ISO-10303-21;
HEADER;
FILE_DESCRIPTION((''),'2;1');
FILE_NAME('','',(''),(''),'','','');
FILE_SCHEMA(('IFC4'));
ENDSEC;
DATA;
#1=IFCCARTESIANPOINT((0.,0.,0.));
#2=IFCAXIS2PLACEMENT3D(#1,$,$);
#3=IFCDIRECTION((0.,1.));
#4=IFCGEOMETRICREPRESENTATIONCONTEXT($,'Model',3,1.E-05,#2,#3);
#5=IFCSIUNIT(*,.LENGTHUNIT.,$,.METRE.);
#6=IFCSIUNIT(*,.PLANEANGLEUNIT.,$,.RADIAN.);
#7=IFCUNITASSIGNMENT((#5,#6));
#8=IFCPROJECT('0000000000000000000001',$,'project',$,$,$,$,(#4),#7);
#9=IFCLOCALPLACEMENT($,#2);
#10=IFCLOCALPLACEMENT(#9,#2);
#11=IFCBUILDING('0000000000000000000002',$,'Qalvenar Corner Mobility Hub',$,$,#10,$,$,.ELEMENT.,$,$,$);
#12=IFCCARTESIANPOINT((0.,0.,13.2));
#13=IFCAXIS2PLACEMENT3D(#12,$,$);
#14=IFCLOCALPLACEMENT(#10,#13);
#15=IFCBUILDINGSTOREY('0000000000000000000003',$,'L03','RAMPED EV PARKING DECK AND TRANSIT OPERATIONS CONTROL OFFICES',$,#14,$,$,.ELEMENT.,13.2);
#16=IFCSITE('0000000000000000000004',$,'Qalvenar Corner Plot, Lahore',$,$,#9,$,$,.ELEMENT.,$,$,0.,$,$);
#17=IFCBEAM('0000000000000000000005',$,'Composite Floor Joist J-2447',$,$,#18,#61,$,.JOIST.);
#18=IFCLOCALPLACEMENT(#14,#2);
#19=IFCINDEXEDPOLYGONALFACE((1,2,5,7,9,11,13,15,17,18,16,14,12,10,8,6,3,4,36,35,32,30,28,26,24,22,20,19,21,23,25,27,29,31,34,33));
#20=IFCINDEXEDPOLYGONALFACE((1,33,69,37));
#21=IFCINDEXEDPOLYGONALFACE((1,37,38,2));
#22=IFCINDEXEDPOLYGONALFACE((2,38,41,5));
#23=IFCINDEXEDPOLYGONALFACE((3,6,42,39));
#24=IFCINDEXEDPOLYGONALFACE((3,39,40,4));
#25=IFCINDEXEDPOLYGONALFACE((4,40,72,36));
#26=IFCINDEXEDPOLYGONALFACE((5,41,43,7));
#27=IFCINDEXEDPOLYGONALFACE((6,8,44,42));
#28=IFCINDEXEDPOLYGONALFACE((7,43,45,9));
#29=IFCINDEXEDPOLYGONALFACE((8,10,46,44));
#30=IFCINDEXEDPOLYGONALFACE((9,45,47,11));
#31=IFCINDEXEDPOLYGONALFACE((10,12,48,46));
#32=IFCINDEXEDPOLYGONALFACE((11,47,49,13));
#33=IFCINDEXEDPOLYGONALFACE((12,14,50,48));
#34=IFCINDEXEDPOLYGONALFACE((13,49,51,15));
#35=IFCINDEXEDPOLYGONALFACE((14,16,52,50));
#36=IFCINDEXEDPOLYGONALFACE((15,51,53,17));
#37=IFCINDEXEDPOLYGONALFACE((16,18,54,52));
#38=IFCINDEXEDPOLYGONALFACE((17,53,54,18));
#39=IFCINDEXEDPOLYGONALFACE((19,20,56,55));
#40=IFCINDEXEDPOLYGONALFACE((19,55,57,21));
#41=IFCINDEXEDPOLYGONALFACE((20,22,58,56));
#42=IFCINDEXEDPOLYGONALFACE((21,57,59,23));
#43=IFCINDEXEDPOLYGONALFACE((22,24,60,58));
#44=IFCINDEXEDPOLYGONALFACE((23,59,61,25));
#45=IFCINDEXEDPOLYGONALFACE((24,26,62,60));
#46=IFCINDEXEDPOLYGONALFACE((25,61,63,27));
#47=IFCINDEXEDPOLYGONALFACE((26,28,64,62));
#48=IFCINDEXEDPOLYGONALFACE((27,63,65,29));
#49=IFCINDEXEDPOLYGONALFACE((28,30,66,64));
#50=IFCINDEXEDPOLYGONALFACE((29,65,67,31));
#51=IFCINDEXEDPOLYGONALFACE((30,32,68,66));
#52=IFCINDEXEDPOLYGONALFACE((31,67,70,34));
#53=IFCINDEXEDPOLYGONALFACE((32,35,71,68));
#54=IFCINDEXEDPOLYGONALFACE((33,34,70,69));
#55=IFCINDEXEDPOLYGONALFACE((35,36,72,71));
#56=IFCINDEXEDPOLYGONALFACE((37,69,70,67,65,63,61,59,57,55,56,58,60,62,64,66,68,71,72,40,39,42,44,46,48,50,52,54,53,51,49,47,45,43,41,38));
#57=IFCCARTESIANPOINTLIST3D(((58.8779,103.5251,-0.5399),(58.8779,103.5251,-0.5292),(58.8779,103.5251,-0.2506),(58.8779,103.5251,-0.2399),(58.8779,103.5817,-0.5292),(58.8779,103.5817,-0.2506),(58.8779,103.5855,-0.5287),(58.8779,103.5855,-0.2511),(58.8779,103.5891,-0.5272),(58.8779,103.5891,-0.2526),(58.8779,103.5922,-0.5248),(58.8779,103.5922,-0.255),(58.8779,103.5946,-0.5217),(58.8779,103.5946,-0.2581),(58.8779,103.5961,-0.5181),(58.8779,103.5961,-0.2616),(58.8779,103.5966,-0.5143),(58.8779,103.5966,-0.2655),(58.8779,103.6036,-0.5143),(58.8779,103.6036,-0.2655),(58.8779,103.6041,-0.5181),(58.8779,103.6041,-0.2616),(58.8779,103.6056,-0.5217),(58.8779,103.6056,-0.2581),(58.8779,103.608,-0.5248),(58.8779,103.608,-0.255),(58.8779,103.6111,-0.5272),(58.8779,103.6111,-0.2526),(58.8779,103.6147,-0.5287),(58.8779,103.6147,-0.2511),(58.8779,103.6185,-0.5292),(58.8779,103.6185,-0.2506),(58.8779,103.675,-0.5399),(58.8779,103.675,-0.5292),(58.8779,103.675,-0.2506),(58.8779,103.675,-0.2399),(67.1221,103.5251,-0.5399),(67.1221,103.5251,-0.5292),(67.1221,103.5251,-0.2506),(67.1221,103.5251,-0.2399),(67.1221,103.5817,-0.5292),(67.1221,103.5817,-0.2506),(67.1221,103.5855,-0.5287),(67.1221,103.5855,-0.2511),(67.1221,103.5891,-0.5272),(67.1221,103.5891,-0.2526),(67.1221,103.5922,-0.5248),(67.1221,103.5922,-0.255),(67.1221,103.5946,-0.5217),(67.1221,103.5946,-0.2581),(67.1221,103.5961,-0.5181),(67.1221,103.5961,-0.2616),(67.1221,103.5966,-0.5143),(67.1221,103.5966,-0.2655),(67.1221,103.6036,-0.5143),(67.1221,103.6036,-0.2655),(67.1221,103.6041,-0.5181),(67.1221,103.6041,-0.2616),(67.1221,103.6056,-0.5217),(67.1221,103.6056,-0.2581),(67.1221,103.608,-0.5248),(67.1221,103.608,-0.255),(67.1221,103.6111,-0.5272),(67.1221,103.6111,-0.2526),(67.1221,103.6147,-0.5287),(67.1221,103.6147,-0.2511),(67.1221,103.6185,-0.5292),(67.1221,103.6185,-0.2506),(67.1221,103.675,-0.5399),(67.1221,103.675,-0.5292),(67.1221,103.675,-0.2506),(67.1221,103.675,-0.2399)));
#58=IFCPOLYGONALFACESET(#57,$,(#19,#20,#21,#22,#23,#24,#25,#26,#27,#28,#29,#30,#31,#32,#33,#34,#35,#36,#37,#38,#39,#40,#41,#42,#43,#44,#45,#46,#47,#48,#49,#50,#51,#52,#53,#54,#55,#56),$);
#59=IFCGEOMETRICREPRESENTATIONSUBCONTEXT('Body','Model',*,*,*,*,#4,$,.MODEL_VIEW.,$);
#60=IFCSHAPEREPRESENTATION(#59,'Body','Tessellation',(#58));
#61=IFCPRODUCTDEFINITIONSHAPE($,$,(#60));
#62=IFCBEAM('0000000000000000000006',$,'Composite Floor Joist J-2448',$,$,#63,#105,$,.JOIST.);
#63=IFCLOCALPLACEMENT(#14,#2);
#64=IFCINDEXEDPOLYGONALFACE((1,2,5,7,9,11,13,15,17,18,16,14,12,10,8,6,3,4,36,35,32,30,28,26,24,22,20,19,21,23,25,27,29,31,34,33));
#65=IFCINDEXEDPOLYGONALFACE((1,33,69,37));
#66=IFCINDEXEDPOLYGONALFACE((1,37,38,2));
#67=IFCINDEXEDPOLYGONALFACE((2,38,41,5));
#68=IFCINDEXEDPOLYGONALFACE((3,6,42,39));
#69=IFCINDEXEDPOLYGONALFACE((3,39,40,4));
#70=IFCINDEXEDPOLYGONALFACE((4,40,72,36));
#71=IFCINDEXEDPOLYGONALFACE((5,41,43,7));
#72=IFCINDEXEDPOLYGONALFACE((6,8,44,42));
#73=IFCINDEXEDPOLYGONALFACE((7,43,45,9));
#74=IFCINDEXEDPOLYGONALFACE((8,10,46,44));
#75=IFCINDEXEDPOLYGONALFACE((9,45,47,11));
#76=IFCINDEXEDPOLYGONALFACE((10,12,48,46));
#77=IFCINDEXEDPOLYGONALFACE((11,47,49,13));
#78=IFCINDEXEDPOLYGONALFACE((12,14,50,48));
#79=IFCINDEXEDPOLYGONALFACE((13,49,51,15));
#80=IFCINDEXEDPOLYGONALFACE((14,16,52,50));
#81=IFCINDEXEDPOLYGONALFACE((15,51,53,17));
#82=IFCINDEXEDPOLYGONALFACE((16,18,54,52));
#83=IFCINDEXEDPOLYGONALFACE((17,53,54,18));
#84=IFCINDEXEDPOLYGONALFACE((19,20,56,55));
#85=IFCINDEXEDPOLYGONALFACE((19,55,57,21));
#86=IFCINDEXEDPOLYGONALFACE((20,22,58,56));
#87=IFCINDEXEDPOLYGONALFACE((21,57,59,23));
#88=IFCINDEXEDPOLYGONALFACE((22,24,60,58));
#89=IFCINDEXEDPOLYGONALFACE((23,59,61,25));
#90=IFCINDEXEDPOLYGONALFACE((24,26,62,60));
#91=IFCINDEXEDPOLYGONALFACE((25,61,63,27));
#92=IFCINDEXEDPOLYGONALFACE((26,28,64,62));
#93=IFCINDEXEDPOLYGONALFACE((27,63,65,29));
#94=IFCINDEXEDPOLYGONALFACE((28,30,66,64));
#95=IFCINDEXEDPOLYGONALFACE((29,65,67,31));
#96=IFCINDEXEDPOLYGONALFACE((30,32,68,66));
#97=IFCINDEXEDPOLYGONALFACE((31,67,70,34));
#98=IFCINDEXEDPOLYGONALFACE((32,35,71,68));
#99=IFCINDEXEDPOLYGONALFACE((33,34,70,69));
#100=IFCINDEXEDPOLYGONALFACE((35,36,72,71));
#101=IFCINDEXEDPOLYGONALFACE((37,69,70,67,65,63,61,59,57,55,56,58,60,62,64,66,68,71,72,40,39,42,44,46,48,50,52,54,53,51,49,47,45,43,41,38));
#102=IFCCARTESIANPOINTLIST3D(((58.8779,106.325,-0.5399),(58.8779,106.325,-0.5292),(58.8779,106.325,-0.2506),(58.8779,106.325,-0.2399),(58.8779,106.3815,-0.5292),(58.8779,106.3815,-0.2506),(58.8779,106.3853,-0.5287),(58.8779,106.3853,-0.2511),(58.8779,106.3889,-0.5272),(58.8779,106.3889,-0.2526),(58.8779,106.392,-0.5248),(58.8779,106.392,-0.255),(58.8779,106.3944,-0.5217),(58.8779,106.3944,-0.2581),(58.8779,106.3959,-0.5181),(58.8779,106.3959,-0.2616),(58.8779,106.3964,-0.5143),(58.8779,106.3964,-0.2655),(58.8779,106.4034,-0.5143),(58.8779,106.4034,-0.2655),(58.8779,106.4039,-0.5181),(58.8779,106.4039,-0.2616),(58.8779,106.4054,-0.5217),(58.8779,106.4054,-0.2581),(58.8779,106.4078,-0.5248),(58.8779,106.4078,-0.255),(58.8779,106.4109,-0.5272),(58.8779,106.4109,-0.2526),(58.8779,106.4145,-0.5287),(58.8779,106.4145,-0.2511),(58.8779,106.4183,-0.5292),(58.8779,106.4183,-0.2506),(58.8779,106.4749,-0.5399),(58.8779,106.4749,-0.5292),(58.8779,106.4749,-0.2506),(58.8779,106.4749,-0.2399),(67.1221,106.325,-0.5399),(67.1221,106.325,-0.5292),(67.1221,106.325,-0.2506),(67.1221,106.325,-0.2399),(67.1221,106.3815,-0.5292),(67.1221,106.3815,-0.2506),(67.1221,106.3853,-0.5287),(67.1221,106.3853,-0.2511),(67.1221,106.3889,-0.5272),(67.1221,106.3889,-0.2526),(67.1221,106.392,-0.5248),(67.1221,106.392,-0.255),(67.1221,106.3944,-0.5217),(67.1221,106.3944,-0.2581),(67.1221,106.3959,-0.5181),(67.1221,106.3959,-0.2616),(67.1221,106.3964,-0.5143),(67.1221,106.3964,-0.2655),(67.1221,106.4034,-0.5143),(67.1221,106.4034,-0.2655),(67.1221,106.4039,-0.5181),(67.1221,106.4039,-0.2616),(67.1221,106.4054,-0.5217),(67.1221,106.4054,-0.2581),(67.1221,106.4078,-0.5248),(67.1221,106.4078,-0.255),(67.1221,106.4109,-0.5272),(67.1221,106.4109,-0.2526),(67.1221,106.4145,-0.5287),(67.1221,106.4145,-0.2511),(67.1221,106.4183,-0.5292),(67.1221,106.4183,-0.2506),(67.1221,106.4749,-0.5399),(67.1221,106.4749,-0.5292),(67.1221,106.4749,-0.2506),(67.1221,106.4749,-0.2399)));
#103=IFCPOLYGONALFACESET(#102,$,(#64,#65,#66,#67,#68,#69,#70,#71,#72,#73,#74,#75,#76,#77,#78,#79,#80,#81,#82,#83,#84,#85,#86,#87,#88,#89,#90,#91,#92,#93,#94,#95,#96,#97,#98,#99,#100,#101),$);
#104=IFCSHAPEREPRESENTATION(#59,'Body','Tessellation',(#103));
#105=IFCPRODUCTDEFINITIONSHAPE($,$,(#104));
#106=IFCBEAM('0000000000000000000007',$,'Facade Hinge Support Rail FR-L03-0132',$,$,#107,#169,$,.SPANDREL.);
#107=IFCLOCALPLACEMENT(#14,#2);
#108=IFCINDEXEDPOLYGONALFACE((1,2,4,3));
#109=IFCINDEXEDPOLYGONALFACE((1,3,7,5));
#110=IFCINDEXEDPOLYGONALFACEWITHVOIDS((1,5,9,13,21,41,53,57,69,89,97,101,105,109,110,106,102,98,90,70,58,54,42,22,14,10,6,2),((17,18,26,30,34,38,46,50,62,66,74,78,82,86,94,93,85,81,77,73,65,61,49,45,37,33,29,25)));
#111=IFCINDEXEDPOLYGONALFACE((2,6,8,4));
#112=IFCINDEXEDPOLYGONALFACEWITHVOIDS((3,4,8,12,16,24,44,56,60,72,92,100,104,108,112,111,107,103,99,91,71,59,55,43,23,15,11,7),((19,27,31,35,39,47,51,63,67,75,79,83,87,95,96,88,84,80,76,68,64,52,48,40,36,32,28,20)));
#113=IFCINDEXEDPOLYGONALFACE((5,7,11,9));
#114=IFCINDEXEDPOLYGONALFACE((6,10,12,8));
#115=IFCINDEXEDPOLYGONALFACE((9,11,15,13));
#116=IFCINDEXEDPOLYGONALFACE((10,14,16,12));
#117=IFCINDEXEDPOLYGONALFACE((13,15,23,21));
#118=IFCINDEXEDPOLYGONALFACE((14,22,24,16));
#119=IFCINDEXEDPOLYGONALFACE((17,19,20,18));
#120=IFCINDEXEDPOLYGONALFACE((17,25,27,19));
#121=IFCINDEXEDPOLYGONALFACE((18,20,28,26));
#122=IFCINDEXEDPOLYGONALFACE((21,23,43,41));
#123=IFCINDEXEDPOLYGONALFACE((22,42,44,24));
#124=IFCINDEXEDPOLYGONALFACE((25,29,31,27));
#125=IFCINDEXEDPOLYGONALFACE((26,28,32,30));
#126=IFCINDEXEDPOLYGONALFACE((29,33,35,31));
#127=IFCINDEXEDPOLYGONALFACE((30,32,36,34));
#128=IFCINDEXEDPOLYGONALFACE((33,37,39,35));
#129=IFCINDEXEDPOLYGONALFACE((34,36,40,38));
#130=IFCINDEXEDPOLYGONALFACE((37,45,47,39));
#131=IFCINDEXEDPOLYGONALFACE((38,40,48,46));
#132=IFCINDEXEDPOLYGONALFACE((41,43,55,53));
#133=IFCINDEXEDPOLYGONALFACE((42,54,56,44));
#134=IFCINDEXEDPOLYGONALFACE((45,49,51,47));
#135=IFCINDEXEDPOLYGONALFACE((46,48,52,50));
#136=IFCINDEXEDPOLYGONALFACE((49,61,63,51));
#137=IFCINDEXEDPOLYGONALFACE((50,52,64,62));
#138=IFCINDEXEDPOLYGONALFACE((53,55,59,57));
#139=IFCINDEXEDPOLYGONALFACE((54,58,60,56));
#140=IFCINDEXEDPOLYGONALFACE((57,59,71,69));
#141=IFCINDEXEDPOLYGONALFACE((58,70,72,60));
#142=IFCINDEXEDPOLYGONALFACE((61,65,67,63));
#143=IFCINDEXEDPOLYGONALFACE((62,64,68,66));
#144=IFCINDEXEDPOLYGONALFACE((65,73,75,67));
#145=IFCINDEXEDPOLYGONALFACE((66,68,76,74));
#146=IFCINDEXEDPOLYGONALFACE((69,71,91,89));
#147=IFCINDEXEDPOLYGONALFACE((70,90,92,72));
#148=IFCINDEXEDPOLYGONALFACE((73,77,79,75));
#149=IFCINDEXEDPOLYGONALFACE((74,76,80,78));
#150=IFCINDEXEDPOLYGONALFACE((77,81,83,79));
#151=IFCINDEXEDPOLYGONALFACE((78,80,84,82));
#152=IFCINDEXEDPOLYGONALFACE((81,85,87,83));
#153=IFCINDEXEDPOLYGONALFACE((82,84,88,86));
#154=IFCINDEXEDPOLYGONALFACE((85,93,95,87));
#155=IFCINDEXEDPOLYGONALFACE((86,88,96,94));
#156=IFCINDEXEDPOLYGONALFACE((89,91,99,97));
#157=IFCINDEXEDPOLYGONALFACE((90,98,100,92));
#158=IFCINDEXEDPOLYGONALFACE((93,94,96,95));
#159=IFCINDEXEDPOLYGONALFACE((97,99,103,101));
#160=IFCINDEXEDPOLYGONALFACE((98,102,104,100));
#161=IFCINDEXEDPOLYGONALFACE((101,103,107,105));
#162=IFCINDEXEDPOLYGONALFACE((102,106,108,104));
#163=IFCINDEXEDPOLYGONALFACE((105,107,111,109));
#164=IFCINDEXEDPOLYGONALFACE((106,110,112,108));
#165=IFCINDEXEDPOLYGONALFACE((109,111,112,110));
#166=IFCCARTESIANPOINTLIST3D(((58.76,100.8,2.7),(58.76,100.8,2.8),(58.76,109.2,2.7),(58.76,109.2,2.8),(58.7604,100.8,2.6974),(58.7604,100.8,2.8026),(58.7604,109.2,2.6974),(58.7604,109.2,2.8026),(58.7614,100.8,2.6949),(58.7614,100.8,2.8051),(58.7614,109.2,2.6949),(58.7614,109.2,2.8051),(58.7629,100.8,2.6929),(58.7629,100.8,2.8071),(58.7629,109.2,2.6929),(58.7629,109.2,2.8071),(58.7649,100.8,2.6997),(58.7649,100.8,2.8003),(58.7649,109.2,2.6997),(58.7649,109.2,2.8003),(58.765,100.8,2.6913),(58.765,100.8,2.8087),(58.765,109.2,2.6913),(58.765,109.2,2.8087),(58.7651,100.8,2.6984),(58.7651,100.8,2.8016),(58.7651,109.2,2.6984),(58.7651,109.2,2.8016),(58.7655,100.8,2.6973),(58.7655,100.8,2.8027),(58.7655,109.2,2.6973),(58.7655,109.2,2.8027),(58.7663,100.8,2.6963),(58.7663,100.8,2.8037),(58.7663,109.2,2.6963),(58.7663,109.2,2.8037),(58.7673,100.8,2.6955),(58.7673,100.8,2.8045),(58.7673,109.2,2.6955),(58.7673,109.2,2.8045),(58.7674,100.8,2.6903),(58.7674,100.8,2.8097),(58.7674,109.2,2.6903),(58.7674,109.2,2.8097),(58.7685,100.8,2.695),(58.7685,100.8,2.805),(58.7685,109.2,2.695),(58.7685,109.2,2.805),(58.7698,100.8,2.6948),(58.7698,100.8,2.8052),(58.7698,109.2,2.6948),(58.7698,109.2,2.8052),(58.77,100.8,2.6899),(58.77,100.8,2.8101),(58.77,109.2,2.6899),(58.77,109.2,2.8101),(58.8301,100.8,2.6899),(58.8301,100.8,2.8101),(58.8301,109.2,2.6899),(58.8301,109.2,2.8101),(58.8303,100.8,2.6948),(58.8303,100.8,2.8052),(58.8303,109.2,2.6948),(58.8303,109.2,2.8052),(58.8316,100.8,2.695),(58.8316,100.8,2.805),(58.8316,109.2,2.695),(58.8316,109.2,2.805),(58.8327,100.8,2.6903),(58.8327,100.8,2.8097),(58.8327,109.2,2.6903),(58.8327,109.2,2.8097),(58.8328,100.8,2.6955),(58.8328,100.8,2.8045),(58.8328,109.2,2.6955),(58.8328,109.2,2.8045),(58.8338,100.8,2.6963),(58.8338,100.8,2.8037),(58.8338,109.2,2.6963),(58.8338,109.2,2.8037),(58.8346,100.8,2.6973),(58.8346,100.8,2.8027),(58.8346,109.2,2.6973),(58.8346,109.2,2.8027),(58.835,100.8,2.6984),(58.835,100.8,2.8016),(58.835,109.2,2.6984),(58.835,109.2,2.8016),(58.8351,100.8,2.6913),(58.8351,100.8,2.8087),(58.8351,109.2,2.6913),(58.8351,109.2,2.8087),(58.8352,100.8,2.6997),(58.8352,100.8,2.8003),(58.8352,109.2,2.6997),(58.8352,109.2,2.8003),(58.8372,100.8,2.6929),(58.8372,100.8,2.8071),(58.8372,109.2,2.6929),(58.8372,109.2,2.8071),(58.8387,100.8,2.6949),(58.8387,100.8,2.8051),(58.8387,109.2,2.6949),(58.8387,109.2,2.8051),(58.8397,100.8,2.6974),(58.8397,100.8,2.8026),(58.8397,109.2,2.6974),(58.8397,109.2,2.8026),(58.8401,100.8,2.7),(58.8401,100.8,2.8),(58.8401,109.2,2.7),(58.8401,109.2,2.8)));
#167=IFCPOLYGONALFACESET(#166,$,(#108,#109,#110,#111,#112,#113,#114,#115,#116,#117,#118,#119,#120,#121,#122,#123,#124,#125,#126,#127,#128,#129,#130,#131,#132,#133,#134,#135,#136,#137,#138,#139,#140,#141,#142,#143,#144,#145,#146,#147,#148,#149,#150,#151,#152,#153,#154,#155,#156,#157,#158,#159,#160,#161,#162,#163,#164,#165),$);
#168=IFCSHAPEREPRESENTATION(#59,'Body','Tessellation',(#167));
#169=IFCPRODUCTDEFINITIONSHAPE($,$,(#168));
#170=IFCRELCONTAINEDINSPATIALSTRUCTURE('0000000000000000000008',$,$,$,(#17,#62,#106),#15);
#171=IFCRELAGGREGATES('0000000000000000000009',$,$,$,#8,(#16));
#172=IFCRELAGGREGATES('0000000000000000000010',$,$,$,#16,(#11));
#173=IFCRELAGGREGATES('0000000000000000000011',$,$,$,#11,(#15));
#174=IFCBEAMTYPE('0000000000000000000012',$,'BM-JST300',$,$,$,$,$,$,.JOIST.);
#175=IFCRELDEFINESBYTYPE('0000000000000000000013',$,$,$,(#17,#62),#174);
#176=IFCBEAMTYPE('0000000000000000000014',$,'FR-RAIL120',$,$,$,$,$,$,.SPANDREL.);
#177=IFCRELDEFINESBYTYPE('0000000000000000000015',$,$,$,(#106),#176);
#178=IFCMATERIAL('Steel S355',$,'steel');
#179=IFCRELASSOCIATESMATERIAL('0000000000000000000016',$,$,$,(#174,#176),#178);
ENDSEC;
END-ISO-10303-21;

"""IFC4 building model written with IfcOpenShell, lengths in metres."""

from ifc_helpers import new_model, si_unit, direction, frame, origin, origin_2d, place, context, subcontext, project, spatial, hollow_rectangle, i_section, extrude, material, material_profile, profile_set, type_object, element, save


model = new_model("IFC4")

# Units and contexts
model_context = context("Model", 3, precision=1e-05, world=origin(), true_north=direction((0.0, 1.0)))
body_context = subcontext(model_context, "Body", "Model", "MODEL_VIEW")
ifc_project = project(units=[si_unit("LENGTHUNIT", "METRE"), si_unit("PLANEANGLEUNIT", "RADIAN")], contexts=[model_context])

# Site, building, storey
site_placement = place(None, origin())
site = spatial("IfcSite", under=ifc_project, at=site_placement, Name="Qalvenar Corner Plot, Lahore", CompositionType="ELEMENT", RefElevation=0.0)
building_placement = place(site_placement, origin())
building = spatial("IfcBuilding", under=site, at=building_placement, Name="Qalvenar Corner Mobility Hub", CompositionType="ELEMENT")
storey_placement = place(building_placement, frame((0.0, 0.0, 13.2)))
storey = spatial("IfcBuildingStorey", under=building, at=storey_placement, Name="L03", Description="RAMPED EV PARKING DECK AND TRANSIT OPERATIONS CONTROL OFFICES", CompositionType="ELEMENT", Elevation=13.2)

# Shared definitions
ifc_material_1 = material(Name="Steel S355", Category="steel")

# Beams
ifc_material_profile_1 = material_profile(ifc_material_1, i_section(OverallWidth=0.1499, OverallDepth=0.3, WebThickness=0.0071, FlangeThickness=0.0107, FilletRadius=0.0149, at=origin_2d()), Name="IPE300")
ifc_profile_set_1 = profile_set([ifc_material_profile_1], Name="Steel S355")
beam_type_1 = type_object("IfcBeamType", Name="BM-JST300", PredefinedType="JOIST", material=ifc_profile_set_1)
for number, where, z_axis, x_axis, name in (
    (1, (58.8779, 103.6001, -0.3899), (1.0, 0.0, 0.0), (0.0, 1.0, 0.0), "Composite Floor Joist J-2447"),
    (2, (58.8779, 106.3999, -0.3899), (1.0, 0.0, 0.0), (0.0, 1.0, 0.0), "Composite Floor Joist J-2448"),
):
    element("IfcBeam", number, at=place(storey_placement, frame(where, z_axis=z_axis, x_axis=x_axis)), inside=storey, type_object=beam_type_1, Name=name, PredefinedType="JOIST", context=body_context, shape_type="SweptSolid", body=[
        extrude(i_section(OverallWidth=0.1499, OverallDepth=0.3, WebThickness=0.0071, FlangeThickness=0.0107, FilletRadius=0.0149, at=origin_2d()), origin(), (0.0, 0.0, 1.0), 8.2441),
    ])
ifc_material_profile_2 = material_profile(ifc_material_1, hollow_rectangle(XDim=0.0801, YDim=0.1201, WallThickness=0.0049, InnerFilletRadius=0.0049, OuterFilletRadius=0.01, at=origin_2d()), Name="RHS120x80x5")
ifc_profile_set_2 = profile_set([ifc_material_profile_2], Name="Steel S355")
beam_type_2 = type_object("IfcBeamType", Name="FR-RAIL120", PredefinedType="SPANDREL", material=ifc_profile_set_2)
beam_1_placement = place(storey_placement, frame((58.8, 109.2, 2.75), z_axis=(0.0, -1.0, 0.0), x_axis=(1.0, 0.0, 0.0)))
element("IfcBeam", 3, at=beam_1_placement, inside=storey, type_object=beam_type_2, Name="Facade Hinge Support Rail FR-L03-0132", PredefinedType="SPANDREL", context=body_context, shape_type="SweptSolid", body=[
    extrude(hollow_rectangle(XDim=0.0801, YDim=0.1201, WallThickness=0.0049, InnerFilletRadius=0.0049, OuterFilletRadius=0.01, at=origin_2d()), origin(), (0.0, 0.0, 1.0), 8.3999),
])

save(model, "model.ifc")
